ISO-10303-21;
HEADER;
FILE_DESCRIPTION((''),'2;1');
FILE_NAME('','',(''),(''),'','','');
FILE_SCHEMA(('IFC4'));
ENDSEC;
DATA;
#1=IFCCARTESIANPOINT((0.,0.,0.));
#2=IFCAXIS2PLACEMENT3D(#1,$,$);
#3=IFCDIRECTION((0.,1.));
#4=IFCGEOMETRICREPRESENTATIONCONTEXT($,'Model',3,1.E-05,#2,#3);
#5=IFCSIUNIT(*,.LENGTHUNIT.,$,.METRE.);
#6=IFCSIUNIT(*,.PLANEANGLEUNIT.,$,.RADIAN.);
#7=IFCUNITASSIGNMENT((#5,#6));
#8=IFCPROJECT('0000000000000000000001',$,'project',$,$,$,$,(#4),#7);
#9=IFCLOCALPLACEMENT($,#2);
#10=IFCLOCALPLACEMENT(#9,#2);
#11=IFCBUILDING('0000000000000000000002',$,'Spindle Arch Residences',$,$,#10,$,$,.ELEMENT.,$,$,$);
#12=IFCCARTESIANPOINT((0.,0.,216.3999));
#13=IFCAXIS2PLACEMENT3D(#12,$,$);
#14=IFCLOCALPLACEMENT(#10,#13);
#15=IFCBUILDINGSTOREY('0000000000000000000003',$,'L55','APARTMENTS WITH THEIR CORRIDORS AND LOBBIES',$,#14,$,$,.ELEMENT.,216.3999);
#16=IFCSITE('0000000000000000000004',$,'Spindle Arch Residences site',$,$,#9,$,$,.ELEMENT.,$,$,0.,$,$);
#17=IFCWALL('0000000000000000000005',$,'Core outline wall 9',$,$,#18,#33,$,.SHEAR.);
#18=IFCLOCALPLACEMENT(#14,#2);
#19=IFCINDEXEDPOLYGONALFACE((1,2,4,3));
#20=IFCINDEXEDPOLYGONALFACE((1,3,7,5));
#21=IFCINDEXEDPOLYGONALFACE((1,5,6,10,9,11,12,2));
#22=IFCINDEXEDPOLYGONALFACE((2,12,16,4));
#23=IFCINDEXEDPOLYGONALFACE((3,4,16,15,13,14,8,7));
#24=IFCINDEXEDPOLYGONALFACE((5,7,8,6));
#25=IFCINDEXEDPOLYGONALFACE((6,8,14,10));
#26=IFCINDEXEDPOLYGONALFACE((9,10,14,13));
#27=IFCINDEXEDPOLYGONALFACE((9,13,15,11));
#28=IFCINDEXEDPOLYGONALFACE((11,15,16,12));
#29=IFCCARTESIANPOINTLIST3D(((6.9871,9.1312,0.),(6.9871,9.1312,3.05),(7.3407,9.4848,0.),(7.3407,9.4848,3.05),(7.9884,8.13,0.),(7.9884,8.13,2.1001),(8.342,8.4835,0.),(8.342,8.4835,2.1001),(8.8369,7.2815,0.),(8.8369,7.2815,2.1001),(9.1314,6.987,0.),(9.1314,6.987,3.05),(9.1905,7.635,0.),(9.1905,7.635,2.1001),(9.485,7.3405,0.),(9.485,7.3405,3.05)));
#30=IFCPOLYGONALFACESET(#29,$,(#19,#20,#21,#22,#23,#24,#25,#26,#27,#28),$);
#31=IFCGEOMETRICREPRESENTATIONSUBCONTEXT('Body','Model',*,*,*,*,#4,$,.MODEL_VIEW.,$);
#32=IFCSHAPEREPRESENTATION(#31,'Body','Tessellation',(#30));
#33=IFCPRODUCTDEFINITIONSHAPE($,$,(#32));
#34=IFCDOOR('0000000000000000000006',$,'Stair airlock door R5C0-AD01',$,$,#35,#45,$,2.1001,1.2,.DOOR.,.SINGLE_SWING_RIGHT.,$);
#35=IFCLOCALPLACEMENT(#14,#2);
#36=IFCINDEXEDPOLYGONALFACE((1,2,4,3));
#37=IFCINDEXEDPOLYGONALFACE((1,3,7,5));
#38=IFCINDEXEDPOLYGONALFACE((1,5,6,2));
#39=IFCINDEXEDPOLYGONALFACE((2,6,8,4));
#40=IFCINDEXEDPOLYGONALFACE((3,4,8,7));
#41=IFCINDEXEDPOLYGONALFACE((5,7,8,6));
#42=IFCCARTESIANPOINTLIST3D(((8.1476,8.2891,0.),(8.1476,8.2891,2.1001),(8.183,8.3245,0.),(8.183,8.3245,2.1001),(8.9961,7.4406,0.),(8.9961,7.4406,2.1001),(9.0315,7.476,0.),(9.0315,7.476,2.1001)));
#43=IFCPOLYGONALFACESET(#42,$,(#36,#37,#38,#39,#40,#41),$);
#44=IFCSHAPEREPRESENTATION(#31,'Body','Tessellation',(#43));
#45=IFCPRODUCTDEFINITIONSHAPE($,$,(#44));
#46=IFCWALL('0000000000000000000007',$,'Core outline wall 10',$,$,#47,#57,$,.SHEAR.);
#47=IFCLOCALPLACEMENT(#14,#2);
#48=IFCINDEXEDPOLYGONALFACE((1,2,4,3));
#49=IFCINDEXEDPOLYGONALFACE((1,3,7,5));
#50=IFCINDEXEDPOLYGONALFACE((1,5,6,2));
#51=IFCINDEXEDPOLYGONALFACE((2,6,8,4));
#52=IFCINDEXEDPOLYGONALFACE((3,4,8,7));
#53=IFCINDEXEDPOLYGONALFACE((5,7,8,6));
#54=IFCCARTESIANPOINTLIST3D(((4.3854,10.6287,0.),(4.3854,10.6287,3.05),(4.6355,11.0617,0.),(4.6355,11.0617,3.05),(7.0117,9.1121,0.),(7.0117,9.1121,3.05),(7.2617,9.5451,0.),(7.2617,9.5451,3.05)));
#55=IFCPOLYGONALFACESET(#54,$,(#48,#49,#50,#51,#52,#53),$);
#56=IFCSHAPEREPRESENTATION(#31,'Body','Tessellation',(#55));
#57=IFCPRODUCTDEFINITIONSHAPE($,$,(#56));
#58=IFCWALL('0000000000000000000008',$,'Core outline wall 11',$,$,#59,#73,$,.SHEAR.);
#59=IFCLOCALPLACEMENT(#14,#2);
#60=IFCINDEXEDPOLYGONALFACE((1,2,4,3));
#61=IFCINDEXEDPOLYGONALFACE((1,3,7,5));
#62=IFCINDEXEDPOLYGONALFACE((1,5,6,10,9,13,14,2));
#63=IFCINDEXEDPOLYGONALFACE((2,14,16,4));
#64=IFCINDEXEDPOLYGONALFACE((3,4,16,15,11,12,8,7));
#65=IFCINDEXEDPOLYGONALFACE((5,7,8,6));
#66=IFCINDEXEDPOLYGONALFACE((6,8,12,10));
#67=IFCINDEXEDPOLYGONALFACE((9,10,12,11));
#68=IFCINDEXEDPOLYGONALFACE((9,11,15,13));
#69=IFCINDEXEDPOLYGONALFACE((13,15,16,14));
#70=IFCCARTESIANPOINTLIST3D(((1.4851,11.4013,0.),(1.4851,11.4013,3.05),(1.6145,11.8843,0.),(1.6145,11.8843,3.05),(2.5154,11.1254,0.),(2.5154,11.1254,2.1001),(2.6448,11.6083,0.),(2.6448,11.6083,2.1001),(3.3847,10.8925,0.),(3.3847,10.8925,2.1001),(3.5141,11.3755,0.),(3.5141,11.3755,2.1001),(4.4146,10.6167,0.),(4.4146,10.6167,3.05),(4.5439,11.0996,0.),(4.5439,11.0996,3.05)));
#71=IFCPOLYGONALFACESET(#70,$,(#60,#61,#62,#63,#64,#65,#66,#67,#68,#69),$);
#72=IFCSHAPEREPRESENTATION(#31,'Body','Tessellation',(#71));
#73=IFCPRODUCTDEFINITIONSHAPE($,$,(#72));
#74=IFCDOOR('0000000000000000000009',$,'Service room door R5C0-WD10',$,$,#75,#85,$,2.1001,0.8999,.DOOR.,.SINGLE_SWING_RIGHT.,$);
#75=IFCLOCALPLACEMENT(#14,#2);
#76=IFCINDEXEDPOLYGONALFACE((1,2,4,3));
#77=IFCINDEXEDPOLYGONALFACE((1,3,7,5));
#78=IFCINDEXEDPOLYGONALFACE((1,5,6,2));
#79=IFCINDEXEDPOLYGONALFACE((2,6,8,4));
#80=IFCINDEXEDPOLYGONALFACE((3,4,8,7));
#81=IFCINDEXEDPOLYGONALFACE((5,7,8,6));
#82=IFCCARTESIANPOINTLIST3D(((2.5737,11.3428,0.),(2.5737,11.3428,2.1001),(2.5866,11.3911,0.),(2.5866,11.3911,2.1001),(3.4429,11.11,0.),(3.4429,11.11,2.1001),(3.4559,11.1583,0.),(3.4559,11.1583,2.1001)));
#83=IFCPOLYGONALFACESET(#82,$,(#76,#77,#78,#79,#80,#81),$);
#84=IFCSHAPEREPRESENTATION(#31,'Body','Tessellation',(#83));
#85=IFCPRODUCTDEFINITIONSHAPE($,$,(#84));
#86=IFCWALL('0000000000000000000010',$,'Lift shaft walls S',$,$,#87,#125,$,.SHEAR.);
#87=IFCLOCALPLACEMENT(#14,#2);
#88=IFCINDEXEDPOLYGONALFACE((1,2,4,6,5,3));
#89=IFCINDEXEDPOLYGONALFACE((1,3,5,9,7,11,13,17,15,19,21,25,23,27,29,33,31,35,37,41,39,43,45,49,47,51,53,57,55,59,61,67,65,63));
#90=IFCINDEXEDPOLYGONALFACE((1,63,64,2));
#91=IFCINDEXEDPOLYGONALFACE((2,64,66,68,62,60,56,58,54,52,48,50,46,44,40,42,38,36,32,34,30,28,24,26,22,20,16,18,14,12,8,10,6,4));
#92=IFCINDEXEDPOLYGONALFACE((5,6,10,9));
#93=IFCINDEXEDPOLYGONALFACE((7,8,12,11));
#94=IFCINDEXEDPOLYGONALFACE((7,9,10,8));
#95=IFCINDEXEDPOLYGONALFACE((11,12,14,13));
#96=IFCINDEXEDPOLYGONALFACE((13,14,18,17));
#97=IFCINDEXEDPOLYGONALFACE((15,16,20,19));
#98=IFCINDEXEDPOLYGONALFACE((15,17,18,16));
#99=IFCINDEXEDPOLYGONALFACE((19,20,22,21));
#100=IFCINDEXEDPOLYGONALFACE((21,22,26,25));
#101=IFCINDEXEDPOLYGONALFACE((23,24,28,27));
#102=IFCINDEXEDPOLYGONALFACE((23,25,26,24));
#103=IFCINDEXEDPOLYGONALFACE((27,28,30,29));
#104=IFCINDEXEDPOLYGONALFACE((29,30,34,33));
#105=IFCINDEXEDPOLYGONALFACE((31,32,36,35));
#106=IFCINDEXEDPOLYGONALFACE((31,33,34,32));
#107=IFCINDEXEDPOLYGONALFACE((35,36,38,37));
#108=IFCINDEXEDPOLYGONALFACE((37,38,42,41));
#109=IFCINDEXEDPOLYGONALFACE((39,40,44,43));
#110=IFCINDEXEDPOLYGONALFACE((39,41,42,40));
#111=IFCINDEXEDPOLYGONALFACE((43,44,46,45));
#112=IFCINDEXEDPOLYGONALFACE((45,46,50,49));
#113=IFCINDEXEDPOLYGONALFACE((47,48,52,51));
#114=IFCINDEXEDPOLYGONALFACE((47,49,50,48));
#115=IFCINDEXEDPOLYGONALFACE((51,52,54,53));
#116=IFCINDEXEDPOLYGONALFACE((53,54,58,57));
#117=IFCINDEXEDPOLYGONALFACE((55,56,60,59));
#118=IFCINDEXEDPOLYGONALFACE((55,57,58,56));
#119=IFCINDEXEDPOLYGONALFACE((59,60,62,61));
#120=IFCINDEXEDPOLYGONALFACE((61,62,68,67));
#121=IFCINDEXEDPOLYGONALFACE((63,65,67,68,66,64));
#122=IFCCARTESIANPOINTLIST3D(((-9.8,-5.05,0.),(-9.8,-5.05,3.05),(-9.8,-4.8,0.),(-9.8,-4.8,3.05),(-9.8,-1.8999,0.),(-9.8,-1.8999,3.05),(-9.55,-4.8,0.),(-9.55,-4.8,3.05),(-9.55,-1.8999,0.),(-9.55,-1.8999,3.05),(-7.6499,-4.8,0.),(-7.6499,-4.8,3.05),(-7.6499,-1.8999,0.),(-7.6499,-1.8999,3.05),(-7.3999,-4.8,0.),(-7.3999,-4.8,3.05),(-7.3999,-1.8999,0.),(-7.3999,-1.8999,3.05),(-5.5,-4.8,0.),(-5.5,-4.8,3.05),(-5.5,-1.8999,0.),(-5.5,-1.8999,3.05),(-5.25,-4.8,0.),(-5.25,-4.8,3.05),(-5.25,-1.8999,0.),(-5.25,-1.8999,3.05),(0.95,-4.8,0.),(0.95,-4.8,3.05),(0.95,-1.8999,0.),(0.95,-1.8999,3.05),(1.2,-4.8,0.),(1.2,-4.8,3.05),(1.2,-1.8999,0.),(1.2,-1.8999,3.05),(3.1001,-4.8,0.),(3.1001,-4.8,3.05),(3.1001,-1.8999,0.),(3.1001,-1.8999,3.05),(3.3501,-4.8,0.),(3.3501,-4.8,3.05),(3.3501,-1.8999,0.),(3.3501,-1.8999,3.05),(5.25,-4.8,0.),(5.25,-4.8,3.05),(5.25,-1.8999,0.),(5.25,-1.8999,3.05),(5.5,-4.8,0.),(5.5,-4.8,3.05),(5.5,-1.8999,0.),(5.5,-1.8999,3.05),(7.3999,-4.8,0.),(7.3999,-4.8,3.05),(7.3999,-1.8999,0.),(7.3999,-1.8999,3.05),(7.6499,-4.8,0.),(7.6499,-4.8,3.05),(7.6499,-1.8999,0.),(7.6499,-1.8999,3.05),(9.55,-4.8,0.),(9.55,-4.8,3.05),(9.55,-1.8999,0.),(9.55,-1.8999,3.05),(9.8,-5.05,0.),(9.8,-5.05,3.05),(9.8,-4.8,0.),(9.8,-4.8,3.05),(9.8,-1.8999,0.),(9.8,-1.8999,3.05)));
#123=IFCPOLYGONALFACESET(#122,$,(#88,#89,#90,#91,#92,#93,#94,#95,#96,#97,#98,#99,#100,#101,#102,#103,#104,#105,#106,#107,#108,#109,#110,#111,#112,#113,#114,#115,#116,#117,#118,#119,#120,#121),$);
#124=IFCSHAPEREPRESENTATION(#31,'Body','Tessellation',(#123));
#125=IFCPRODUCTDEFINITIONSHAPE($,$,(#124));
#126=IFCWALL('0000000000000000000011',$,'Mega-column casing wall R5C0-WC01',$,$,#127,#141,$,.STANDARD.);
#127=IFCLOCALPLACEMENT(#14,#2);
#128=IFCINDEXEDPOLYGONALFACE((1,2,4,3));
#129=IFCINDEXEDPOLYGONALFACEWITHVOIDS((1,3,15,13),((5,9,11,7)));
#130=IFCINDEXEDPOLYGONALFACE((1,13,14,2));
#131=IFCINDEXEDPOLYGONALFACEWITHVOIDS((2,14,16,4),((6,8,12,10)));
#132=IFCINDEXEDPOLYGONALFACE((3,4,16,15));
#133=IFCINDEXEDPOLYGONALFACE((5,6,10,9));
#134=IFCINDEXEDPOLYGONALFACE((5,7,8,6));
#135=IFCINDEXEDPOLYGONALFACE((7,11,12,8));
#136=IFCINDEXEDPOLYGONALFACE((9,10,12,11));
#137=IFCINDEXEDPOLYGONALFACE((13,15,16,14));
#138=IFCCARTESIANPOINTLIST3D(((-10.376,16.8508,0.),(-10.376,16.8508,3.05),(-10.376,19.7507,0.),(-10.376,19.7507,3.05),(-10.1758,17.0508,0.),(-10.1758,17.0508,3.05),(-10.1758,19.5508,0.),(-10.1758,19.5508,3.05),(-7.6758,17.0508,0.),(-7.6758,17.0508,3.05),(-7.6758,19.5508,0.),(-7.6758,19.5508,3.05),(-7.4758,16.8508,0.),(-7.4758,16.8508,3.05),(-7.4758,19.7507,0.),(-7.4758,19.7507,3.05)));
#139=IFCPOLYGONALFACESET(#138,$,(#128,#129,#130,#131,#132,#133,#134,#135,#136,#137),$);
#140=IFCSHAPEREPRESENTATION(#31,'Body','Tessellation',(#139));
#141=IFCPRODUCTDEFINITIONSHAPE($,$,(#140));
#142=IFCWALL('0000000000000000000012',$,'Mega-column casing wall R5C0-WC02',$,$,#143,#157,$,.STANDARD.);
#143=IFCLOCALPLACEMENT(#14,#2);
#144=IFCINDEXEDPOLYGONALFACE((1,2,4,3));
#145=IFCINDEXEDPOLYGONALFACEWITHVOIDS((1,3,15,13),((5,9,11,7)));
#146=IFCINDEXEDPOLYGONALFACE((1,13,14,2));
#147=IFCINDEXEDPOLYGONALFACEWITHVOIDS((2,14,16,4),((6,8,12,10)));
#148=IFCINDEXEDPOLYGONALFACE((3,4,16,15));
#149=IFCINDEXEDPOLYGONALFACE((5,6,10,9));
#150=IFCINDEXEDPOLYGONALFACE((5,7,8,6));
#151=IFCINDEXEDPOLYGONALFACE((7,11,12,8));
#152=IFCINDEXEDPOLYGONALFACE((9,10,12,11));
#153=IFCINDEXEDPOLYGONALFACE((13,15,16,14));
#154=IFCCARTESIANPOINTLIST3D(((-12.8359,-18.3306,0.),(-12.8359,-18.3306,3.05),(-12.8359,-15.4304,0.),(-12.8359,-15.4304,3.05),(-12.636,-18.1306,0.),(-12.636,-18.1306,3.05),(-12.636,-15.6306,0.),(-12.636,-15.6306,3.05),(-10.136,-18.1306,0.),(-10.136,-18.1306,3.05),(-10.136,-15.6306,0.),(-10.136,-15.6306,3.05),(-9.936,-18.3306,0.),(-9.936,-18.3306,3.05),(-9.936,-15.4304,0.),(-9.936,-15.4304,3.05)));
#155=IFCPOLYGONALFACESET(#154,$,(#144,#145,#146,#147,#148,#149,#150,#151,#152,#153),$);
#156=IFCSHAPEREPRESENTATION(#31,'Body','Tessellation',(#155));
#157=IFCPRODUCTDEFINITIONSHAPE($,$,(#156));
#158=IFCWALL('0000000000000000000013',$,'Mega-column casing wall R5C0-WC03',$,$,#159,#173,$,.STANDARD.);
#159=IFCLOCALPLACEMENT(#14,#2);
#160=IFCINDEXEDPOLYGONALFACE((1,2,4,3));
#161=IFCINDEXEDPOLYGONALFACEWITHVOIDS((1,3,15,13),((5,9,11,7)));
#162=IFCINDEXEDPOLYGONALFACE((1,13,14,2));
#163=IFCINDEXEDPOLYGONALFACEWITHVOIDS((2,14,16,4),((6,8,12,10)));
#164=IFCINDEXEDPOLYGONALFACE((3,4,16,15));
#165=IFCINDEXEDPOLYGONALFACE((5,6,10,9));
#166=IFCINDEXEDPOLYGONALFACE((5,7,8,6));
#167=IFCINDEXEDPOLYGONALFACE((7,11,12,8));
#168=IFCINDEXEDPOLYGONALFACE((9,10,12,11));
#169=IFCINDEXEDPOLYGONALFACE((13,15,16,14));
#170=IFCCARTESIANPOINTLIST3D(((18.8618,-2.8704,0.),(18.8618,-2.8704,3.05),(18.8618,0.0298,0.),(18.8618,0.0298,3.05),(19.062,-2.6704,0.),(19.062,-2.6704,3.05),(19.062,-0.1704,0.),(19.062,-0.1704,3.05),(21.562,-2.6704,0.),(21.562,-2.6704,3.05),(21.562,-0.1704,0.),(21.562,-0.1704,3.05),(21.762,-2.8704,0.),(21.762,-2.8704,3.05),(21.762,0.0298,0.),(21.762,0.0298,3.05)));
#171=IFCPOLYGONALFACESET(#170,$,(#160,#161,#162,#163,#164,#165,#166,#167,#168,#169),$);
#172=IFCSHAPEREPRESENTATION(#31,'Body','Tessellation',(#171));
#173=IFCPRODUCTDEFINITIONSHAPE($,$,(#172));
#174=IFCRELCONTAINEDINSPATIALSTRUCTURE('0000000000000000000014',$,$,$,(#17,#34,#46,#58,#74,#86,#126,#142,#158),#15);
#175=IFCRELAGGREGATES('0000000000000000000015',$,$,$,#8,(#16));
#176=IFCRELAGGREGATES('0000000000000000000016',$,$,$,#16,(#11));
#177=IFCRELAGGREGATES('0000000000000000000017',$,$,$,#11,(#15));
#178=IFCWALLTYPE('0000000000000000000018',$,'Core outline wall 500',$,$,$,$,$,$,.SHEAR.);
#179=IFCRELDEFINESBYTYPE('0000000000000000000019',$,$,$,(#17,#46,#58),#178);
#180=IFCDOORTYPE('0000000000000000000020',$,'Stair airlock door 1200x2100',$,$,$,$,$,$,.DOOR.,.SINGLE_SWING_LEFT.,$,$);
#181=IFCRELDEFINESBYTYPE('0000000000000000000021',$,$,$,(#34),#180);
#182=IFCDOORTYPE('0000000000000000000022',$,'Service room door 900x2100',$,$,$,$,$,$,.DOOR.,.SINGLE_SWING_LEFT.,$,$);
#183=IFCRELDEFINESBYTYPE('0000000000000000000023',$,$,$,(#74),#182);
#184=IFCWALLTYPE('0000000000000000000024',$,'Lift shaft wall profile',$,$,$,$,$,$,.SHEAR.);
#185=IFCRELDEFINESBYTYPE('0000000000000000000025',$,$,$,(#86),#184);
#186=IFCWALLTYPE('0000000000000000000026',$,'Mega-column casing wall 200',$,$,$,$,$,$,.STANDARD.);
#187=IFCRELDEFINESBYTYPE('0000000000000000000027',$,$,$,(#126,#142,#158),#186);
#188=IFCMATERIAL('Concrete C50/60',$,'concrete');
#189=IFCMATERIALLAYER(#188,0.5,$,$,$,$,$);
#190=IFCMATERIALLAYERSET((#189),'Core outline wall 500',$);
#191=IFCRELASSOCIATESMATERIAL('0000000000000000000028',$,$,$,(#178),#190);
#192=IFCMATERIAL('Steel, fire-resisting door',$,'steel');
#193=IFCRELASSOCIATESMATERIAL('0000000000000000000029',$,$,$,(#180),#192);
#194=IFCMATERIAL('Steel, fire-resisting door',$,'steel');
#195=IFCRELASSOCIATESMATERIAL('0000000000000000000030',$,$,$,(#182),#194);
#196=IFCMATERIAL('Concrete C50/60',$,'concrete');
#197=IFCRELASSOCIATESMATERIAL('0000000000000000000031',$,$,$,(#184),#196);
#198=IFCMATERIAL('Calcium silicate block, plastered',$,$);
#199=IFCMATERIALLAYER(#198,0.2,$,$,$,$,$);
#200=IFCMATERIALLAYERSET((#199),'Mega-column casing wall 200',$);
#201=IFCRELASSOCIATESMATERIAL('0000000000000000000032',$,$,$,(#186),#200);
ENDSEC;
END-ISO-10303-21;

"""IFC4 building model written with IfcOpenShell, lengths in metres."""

from ifc_helpers import new_model, si_unit, direction, frame, frame_2d, origin, place, context, subcontext, project, spatial, polyline, rectangle, outline, extrude, material, layer, layer_set, type_object, element, fill, save


model = new_model("IFC4")

# Units and contexts
model_context = context("Model", 3, precision=1e-05, world=origin(), true_north=direction((0.0, 1.0)))
body_context = subcontext(model_context, "Body", "Model", "MODEL_VIEW")
ifc_project = project(units=[si_unit("LENGTHUNIT", "METRE"), si_unit("PLANEANGLEUNIT", "RADIAN")], contexts=[model_context])

# Site, building, storey
site_placement = place(None, origin())
site = spatial("IfcSite", under=ifc_project, at=site_placement, Name="Spindle Arch Residences site", CompositionType="ELEMENT", RefElevation=0.0)
building_placement = place(site_placement, origin())
building = spatial("IfcBuilding", under=site, at=building_placement, Name="Spindle Arch Residences", CompositionType="ELEMENT")
storey_placement = place(building_placement, frame((0.0, 0.0, 216.3999)))
storey = spatial("IfcBuildingStorey", under=building, at=storey_placement, Name="L55", Description="APARTMENTS WITH THEIR CORRIDORS AND LOBBIES", CompositionType="ELEMENT", Elevation=216.3999)

# Wall, opening, door
ifc_material_1 = material(Name="Concrete C50/60", Category="concrete")
ifc_layer_1 = layer(ifc_material_1, 0.5)
ifc_layer_set_1 = layer_set([ifc_layer_1], Name="Core outline wall 500")
wall_type_1 = type_object("IfcWallType", Name="Core outline wall 500", PredefinedType="SHEAR", material=ifc_layer_set_1)
wall_1_placement = place(storey_placement, frame((9.3081, 7.1638, 0.0), z_axis=(0.0, 0.0, 1.0), x_axis=(-0.707107, 0.707107, 0.0)))
wall_1 = element("IfcWall", 1, at=wall_1_placement, inside=storey, type_object=wall_type_1, Name="Core outline wall 9", PredefinedType="SHEAR", context=body_context, shape_type="SweptSolid", body=[
    extrude(rectangle(XDim=3.0325, YDim=0.5, at=frame_2d((1.5161, 0.0))), origin(), (0.0, 0.0, 1.0), 3.05),
])
opening_1_placement = place(wall_1_placement, frame((0.4163, 0.0, 0.0)))
opening_1 = element("IfcOpeningElement", 2, at=opening_1_placement, cuts=wall_1, PredefinedType="OPENING", context=body_context, shape_type="SweptSolid", body=[
    extrude(rectangle(XDim=1.2, YDim=2.1001, at=frame_2d((0.6001, 1.05))), frame((0.0, 0.26, 0.0), z_axis=(0.0, -1.0, 0.0), x_axis=(1.0, 0.0, 0.0)), (0.0, 0.0, 1.0), 0.52),
])
ifc_material_2 = material(Name="Steel, fire-resisting door", Category="steel")
door_type_1 = type_object("IfcDoorType", Name="Stair airlock door 1200x2100", OperationType="SINGLE_SWING_LEFT", PredefinedType="DOOR", material=ifc_material_2)
door_1_placement = place(opening_1_placement, origin())
door_1 = element("IfcDoor", 3, at=door_1_placement, inside=storey, type_object=door_type_1, Name="Stair airlock door R5C0-AD01", OperationType="SINGLE_SWING_RIGHT", OverallHeight=2.1001, OverallWidth=1.2, PredefinedType="DOOR", context=body_context, shape_type="SweptSolid", body=[
    extrude(rectangle(XDim=1.2, YDim=2.1001, at=frame_2d((0.6001, 1.05))), frame((0.0, 0.0249, 0.0), z_axis=(0.0, -1.0, 0.0), x_axis=(1.0, 0.0, 0.0)), (0.0, 0.0, 1.0), 0.05),
])
fill(opening_1, door_1)

# Wall
wall_2_placement = place(storey_placement, frame((7.1367, 9.3286, 0.0), z_axis=(0.0, 0.0, 1.0), x_axis=(-0.865975, 0.500087, 0.0)))
element("IfcWall", 4, at=wall_2_placement, inside=storey, type_object=wall_type_1, Name="Core outline wall 10", PredefinedType="SHEAR", context=body_context, shape_type="SweptSolid", body=[
    extrude(rectangle(XDim=3.0327, YDim=0.5, at=frame_2d((1.5164, 0.0))), origin(), (0.0, 0.0, 1.0), 3.05),
])

# Wall, opening, door
wall_3_placement = place(storey_placement, frame((4.4792, 10.8582, 0.0), z_axis=(0.0, 0.0, 1.0), x_axis=(-0.965948, 0.258735, 0.0)))
wall_3 = element("IfcWall", 5, at=wall_3_placement, inside=storey, type_object=wall_type_1, Name="Core outline wall 11", PredefinedType="SHEAR", context=body_context, shape_type="SweptSolid", body=[
    extrude(rectangle(XDim=3.0327, YDim=0.5, at=frame_2d((1.5164, 0.0))), origin(), (0.0, 0.0, 1.0), 3.05),
])
opening_2_placement = place(wall_3_placement, frame((1.0662, 0.0, 0.0)))
opening_2 = element("IfcOpeningElement", 6, at=opening_2_placement, cuts=wall_3, PredefinedType="OPENING", context=body_context, shape_type="SweptSolid", body=[
    extrude(rectangle(XDim=0.8999, YDim=2.1001, at=frame_2d((0.45, 1.05))), frame((0.0, 0.26, 0.0), z_axis=(0.0, -1.0, 0.0), x_axis=(1.0, 0.0, 0.0)), (0.0, 0.0, 1.0), 0.52),
])
ifc_material_3 = material(Name="Steel, fire-resisting door", Category="steel")
door_type_2 = type_object("IfcDoorType", Name="Service room door 900x2100", OperationType="SINGLE_SWING_LEFT", PredefinedType="DOOR", material=ifc_material_3)
door_2_placement = place(opening_2_placement, origin())
door_2 = element("IfcDoor", 7, at=door_2_placement, inside=storey, type_object=door_type_2, Name="Service room door R5C0-WD10", OperationType="SINGLE_SWING_RIGHT", OverallHeight=2.1001, OverallWidth=0.8999, PredefinedType="DOOR", context=body_context, shape_type="SweptSolid", body=[
    extrude(rectangle(XDim=0.8999, YDim=2.1001, at=frame_2d((0.45, 1.05))), frame((0.0, 0.0249, 0.0), z_axis=(0.0, -1.0, 0.0), x_axis=(1.0, 0.0, 0.0)), (0.0, 0.0, 1.0), 0.05),
])
fill(opening_2, door_2)

# Walls
ifc_material_4 = material(Name="Concrete C50/60", Category="concrete")
wall_type_2 = type_object("IfcWallType", Name="Lift shaft wall profile", PredefinedType="SHEAR", material=ifc_material_4)
wall_4_placement = place(storey_placement, origin())
element("IfcWall", 8, at=wall_4_placement, inside=storey, type_object=wall_type_2, Name="Lift shaft walls S", PredefinedType="SHEAR", context=body_context, shape_type="SweptSolid", body=[
    extrude(outline(polyline([(9.8, -5.05), (9.8, -4.8), (9.8, -1.8999), (9.55, -1.8999), (9.55, -4.8), (7.6499, -4.8), (7.6499, -1.8999), (7.3999, -1.8999), (7.3999, -4.8), (5.5, -4.8), (5.5, -1.8999), (5.25, -1.8999), (5.25, -4.8), (3.3501, -4.8), (3.3501, -1.8999), (3.1001, -1.8999), (3.1001, -4.8), (1.2, -4.8), (1.2, -1.8999), (0.95, -1.8999), (0.95, -4.8), (-5.25, -4.8), (-5.25, -1.8999), (-5.5, -1.8999), (-5.5, -4.8), (-7.3999, -4.8), (-7.3999, -1.8999), (-7.6499, -1.8999), (-7.6499, -4.8), (-9.55, -4.8), (-9.55, -1.8999), (-9.8, -1.8999), (-9.8, -4.8), (-9.8, -5.05), (9.8, -5.05)])), origin(), (0.0, 0.0, 1.0), 3.05),
])
ifc_material_5 = material(Name="Calcium silicate block, plastered")
ifc_layer_2 = layer(ifc_material_5, 0.2)
ifc_layer_set_2 = layer_set([ifc_layer_2], Name="Mega-column casing wall 200")
wall_type_3 = type_object("IfcWallType", Name="Mega-column casing wall 200", PredefinedType="STANDARD", material=ifc_layer_set_2)
wall_5_placement = place(storey_placement, origin())
element("IfcWall", 9, at=wall_5_placement, inside=storey, type_object=wall_type_3, Name="Mega-column casing wall R5C0-WC01", PredefinedType="STANDARD", context=body_context, shape_type="SweptSolid", body=[
    extrude(outline(polyline([(-7.4758, 19.7507), (-7.4758, 16.8508), (-10.376, 16.8508), (-10.376, 19.7507), (-7.4758, 19.7507)]), holes=[polyline([(-10.1758, 17.0508), (-7.6758, 17.0508), (-7.6758, 19.5508), (-10.1758, 19.5508), (-10.1758, 17.0508)])]), origin(), (0.0, 0.0, 1.0), 3.05),
])
wall_6_placement = place(storey_placement, origin())
element("IfcWall", 10, at=wall_6_placement, inside=storey, type_object=wall_type_3, Name="Mega-column casing wall R5C0-WC02", PredefinedType="STANDARD", context=body_context, shape_type="SweptSolid", body=[
    extrude(outline(polyline([(-9.936, -15.4304), (-9.936, -18.3306), (-12.8359, -18.3306), (-12.8359, -15.4304), (-9.936, -15.4304)]), holes=[polyline([(-12.636, -18.1306), (-10.136, -18.1306), (-10.136, -15.6306), (-12.636, -15.6306), (-12.636, -18.1306)])]), origin(), (0.0, 0.0, 1.0), 3.05),
])
wall_7_placement = place(storey_placement, origin())
element("IfcWall", 11, at=wall_7_placement, inside=storey, type_object=wall_type_3, Name="Mega-column casing wall R5C0-WC03", PredefinedType="STANDARD", context=body_context, shape_type="SweptSolid", body=[
    extrude(outline(polyline([(21.762, 0.0298), (21.762, -2.8704), (18.8618, -2.8704), (18.8618, 0.0298), (21.762, 0.0298)]), holes=[polyline([(19.062, -2.6704), (21.562, -2.6704), (21.562, -0.1704), (19.062, -0.1704), (19.062, -2.6704)])]), origin(), (0.0, 0.0, 1.0), 3.05),
])

save(model, "model.ifc")
